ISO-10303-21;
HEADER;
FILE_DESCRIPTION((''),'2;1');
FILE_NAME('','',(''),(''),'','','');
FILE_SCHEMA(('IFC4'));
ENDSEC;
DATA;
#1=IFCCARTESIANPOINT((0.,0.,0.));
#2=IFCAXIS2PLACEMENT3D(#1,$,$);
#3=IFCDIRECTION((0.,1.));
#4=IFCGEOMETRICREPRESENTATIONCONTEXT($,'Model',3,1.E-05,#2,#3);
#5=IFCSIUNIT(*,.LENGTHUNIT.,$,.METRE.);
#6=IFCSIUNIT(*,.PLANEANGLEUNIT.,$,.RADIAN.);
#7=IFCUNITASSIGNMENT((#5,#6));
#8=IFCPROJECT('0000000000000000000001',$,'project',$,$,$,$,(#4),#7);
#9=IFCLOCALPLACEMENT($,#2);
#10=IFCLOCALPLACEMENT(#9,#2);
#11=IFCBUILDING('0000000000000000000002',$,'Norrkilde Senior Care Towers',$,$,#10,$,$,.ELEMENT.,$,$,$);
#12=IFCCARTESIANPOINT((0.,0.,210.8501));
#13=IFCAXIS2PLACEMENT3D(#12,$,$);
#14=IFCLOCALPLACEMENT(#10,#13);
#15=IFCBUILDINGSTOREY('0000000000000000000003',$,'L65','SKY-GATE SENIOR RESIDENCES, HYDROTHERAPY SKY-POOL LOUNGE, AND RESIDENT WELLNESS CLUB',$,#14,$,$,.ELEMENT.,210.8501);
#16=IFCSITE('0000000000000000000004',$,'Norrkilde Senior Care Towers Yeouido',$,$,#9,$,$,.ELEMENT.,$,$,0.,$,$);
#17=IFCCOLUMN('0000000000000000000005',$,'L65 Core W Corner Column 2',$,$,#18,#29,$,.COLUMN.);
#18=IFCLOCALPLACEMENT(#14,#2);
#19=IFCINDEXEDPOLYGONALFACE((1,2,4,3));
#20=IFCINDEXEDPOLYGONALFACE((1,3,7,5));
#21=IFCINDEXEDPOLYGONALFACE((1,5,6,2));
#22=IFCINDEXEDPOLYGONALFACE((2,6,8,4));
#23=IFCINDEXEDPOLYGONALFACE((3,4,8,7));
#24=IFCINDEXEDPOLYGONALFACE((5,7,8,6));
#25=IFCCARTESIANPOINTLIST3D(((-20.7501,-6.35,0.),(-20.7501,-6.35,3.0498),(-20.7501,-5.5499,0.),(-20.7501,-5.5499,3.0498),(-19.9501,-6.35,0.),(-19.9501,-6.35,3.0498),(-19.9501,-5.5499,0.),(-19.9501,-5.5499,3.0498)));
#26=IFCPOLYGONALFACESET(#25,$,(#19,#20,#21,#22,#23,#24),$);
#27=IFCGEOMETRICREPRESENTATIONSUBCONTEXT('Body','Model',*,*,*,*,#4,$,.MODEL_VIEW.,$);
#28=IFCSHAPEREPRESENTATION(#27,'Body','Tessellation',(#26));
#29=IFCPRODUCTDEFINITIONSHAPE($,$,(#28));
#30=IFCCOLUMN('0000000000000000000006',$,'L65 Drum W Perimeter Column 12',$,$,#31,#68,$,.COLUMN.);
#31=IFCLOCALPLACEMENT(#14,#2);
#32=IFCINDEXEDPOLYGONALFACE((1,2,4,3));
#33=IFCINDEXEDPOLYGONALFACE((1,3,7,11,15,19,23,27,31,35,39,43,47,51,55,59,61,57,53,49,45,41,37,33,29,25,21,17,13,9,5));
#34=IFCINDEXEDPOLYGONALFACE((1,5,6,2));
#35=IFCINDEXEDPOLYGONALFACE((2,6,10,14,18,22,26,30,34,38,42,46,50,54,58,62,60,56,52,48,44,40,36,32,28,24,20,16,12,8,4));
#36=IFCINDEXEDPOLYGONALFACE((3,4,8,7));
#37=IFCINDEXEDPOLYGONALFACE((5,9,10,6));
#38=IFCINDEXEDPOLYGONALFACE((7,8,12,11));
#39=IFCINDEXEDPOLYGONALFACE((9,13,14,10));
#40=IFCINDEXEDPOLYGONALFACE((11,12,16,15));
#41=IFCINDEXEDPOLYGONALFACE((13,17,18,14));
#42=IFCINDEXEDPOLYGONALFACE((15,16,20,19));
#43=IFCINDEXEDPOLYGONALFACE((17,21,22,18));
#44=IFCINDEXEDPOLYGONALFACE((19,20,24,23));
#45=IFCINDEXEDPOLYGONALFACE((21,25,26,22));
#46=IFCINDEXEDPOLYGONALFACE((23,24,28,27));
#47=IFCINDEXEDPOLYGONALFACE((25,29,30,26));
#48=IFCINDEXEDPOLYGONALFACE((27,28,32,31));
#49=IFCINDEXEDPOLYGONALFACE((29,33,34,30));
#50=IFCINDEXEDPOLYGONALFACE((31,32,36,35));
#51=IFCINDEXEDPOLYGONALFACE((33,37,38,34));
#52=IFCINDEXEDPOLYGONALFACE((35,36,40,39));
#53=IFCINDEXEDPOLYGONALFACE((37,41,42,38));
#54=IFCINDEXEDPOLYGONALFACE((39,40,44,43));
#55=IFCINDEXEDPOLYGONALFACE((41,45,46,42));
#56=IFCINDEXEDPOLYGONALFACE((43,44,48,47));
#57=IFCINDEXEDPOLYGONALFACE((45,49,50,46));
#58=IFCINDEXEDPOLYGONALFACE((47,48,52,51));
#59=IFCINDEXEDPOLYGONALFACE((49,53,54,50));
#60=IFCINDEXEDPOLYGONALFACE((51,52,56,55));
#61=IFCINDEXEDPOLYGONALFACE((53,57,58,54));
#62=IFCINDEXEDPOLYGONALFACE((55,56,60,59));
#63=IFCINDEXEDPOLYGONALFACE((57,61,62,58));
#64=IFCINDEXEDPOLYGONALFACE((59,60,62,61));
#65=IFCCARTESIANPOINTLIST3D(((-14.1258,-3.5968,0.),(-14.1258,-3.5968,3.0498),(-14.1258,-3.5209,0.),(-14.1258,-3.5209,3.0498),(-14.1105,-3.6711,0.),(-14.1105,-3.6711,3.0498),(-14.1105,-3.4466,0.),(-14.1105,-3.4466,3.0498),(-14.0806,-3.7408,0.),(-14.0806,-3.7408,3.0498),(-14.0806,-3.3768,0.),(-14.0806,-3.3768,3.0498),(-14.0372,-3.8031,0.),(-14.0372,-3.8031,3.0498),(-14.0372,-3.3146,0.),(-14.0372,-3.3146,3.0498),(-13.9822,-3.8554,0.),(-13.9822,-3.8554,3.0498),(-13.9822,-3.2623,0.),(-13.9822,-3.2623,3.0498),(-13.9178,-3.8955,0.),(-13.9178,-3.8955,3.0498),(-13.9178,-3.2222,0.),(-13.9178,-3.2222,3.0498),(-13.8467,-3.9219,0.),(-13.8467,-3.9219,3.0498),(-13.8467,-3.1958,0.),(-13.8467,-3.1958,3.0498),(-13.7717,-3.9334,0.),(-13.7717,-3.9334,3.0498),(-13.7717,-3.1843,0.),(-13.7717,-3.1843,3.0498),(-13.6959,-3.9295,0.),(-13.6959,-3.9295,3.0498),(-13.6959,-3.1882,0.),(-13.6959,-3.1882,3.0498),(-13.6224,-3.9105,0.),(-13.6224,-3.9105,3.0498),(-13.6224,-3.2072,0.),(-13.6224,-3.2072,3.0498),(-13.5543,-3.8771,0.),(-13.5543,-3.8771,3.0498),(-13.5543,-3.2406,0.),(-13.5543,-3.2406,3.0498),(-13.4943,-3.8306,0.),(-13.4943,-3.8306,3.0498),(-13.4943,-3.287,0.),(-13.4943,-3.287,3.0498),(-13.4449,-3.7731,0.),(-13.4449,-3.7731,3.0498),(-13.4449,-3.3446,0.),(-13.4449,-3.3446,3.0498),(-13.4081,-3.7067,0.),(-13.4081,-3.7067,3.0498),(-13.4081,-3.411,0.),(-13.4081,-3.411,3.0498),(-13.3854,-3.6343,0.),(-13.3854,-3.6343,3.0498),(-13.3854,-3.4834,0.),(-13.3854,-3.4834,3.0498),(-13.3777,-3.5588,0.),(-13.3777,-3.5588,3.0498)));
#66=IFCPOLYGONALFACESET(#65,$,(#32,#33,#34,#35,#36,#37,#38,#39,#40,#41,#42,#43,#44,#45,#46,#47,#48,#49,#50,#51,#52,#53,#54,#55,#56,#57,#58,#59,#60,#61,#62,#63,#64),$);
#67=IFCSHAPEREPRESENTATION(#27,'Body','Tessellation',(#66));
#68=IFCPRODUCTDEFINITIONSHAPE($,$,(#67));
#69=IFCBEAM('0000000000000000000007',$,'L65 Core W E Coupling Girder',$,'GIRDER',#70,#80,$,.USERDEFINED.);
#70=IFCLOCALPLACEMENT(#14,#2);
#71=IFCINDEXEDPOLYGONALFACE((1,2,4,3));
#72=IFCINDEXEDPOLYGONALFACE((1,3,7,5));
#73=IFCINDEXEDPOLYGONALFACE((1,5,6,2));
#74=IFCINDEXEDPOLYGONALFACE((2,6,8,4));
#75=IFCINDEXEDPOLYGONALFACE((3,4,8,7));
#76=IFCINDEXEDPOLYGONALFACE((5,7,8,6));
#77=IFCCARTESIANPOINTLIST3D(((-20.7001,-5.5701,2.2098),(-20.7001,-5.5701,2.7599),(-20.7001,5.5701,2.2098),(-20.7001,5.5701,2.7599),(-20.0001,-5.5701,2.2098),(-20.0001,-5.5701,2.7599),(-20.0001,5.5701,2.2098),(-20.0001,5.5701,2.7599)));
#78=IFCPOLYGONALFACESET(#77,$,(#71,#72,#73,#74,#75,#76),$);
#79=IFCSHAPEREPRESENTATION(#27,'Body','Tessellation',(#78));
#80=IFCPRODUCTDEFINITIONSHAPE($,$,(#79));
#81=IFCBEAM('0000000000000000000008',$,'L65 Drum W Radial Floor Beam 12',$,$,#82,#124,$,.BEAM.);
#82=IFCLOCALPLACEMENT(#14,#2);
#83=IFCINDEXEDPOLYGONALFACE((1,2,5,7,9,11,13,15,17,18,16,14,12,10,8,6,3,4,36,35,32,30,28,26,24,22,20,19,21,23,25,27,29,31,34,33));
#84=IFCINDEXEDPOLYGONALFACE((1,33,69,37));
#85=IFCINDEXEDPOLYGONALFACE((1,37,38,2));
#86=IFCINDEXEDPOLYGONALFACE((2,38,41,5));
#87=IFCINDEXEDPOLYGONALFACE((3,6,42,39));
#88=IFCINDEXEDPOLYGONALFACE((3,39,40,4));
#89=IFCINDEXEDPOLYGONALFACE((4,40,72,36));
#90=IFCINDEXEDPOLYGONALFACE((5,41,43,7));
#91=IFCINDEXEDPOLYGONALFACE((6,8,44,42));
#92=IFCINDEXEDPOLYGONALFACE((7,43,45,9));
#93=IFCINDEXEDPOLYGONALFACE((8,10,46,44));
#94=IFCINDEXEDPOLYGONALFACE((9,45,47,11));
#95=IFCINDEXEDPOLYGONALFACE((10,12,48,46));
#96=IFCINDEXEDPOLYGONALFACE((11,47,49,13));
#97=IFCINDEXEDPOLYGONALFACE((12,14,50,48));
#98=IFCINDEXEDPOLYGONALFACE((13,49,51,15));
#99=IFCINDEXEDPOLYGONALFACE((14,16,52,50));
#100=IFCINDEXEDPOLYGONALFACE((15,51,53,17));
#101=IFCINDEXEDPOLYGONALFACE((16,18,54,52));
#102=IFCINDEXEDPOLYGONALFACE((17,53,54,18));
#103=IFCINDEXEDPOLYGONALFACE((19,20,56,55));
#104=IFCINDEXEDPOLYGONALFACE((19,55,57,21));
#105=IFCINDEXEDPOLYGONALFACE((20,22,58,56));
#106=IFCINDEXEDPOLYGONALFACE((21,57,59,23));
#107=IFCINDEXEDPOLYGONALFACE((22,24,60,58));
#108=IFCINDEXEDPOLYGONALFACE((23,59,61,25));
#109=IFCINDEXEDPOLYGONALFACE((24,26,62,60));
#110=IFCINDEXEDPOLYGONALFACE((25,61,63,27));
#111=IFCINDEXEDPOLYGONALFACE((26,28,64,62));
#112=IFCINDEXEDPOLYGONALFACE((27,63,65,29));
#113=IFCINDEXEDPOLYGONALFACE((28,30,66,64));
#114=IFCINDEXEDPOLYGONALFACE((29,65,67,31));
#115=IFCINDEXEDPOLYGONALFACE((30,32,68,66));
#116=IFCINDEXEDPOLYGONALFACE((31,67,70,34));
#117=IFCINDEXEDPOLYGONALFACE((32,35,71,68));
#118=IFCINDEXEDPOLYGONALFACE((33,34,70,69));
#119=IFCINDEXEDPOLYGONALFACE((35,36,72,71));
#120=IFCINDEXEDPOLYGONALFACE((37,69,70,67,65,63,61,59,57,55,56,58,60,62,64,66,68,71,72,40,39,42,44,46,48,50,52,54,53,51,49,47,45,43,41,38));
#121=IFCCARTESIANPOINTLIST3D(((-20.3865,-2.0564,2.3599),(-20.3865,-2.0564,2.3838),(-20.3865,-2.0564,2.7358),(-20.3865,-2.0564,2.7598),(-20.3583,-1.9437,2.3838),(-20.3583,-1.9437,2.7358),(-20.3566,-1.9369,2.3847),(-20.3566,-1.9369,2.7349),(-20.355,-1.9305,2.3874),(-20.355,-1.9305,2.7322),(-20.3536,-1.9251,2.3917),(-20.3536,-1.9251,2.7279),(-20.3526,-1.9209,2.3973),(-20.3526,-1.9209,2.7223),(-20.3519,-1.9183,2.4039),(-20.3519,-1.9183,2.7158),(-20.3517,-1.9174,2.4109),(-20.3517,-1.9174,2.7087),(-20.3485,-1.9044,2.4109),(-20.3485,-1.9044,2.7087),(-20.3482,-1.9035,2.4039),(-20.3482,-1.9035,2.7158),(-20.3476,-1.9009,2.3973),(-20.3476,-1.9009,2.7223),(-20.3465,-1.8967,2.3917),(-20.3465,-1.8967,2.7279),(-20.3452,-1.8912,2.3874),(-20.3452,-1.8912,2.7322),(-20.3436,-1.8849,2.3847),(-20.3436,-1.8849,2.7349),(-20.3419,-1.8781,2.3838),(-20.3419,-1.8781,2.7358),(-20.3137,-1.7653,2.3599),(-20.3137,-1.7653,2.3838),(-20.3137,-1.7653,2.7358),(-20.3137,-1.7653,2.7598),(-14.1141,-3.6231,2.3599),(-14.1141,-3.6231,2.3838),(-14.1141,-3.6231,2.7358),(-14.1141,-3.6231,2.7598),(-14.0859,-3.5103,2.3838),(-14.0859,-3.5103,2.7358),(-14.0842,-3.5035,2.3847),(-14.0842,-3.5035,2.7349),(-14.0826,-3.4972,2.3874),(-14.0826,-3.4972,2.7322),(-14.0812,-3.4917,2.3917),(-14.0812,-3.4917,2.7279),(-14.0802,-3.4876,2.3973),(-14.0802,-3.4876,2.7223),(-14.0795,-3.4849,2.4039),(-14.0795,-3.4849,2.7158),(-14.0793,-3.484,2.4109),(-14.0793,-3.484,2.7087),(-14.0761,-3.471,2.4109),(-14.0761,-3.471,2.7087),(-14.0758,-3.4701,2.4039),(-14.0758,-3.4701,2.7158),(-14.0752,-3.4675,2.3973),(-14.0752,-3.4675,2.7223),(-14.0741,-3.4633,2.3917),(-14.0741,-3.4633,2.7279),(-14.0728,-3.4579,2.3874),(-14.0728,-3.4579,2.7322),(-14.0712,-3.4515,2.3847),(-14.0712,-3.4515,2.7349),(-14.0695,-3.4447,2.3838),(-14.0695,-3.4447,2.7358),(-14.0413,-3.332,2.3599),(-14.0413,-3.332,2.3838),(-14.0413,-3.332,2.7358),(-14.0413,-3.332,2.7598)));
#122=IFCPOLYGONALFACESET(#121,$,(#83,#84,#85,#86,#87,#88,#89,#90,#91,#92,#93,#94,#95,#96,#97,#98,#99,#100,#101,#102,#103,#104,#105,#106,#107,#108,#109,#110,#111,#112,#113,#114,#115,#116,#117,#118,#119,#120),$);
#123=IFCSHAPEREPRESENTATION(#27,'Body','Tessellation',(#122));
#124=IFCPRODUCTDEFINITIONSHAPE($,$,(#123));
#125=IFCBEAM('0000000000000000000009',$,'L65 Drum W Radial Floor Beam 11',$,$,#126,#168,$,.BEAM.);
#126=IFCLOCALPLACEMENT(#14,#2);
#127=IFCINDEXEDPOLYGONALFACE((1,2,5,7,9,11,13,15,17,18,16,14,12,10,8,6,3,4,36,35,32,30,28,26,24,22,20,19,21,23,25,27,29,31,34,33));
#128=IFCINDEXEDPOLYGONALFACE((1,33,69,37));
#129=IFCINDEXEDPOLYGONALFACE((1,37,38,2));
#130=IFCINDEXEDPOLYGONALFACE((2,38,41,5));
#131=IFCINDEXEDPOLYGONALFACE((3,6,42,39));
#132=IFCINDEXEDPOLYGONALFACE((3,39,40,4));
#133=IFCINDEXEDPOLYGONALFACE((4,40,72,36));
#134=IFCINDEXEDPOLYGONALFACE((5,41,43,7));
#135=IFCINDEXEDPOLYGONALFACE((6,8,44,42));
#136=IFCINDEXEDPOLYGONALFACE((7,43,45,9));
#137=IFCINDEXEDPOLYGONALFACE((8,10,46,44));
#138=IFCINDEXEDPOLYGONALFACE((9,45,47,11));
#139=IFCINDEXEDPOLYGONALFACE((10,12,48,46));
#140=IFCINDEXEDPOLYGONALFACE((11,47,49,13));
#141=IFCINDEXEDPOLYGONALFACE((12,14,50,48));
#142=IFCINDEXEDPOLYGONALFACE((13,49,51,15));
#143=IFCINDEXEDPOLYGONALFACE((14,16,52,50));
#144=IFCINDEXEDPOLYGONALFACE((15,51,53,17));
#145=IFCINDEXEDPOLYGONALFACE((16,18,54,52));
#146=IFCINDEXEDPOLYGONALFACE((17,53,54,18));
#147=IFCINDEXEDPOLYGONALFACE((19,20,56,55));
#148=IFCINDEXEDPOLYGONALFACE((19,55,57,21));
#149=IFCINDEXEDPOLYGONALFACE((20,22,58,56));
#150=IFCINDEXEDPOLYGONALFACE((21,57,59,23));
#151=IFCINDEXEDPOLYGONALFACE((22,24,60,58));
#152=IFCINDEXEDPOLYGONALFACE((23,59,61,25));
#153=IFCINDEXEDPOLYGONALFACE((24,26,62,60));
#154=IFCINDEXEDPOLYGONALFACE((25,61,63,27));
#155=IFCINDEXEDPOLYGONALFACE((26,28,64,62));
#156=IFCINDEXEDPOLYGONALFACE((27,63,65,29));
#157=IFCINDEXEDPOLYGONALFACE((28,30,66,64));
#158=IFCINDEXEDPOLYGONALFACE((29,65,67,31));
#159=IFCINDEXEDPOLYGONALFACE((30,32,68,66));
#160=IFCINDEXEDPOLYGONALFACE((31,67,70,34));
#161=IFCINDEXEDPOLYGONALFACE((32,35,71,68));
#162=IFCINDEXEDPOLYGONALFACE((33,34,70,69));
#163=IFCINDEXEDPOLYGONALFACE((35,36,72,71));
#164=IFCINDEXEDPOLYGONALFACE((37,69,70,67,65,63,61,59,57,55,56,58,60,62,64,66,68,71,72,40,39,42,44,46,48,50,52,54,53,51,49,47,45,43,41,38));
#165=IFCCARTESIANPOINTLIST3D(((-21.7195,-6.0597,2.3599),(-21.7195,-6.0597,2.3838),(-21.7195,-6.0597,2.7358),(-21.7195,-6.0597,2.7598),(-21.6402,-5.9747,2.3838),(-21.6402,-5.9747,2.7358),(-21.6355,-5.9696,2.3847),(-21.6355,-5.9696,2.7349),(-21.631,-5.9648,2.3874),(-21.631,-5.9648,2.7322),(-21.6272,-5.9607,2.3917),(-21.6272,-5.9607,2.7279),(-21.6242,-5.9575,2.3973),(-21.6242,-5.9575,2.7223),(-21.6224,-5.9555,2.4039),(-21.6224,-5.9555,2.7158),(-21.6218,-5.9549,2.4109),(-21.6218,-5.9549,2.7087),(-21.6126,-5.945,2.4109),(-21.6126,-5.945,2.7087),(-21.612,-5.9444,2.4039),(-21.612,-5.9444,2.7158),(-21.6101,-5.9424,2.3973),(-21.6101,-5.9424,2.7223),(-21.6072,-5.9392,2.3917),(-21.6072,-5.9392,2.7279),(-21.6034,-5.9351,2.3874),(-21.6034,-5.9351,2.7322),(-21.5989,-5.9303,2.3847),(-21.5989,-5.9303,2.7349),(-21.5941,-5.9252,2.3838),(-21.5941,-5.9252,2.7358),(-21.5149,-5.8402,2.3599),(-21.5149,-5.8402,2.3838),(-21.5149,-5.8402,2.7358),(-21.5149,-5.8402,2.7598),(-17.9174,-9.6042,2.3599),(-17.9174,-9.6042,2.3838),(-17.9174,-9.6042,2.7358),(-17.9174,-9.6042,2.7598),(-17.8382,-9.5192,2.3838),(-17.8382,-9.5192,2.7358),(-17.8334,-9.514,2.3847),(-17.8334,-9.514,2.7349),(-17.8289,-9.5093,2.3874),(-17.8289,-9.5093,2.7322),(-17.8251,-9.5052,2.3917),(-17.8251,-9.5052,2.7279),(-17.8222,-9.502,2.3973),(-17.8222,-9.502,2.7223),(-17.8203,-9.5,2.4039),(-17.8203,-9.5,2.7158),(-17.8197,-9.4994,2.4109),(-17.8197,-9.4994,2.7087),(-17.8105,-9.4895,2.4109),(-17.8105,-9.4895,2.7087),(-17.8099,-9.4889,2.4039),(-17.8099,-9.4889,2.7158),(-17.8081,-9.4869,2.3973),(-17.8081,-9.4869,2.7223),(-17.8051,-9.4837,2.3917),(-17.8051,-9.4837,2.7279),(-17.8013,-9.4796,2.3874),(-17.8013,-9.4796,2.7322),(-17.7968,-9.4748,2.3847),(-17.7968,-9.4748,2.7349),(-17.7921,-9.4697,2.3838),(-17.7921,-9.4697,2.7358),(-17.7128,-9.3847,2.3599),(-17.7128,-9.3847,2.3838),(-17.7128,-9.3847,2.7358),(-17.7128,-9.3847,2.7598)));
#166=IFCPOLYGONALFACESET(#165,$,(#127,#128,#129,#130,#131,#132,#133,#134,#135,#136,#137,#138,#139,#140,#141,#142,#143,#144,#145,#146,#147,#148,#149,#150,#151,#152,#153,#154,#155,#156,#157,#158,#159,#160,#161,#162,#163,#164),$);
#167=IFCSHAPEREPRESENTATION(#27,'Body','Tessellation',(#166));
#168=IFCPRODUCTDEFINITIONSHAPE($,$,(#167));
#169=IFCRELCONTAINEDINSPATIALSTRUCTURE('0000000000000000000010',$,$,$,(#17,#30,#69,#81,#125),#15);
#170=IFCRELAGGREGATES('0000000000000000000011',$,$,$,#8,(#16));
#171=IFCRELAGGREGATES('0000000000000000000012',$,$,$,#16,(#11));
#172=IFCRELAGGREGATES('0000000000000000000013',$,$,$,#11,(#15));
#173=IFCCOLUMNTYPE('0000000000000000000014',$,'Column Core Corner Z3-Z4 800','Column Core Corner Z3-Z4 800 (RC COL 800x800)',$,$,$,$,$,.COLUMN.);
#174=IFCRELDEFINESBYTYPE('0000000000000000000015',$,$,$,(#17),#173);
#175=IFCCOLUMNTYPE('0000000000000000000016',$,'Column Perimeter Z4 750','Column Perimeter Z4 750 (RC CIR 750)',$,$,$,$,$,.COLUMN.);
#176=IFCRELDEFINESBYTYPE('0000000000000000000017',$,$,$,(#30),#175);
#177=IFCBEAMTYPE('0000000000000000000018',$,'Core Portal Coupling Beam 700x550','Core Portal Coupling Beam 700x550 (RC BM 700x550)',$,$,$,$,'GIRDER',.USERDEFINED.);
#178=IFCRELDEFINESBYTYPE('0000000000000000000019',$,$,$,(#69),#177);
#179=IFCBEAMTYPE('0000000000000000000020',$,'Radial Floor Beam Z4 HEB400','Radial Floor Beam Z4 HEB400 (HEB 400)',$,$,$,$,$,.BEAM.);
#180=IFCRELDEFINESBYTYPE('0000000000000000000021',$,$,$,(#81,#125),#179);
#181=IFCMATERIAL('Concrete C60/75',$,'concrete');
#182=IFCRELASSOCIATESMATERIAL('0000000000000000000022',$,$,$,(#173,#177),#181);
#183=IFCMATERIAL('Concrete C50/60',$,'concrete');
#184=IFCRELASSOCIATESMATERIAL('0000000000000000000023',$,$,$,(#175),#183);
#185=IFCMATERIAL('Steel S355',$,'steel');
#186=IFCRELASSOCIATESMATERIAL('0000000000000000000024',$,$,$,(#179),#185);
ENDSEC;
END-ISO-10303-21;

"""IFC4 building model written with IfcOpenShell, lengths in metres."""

from ifc_helpers import new_model, si_unit, direction, frame, origin, origin_2d, place, context, subcontext, project, spatial, rectangle, circle, i_section, extrude, source, transform, mapped, material, material_profile, profile_set, type_object, type_shapes, element, save


model = new_model("IFC4")

# Units and contexts
model_context = context("Model", 3, precision=1e-05, world=origin(), true_north=direction((0.0, 1.0)))
body_context = subcontext(model_context, "Body", "Model", "MODEL_VIEW")
ifc_project = project(units=[si_unit("LENGTHUNIT", "METRE"), si_unit("PLANEANGLEUNIT", "RADIAN")], contexts=[model_context])

# Site, building, storey
site_placement = place(None, origin())
site = spatial("IfcSite", under=ifc_project, at=site_placement, Name="Norrkilde Senior Care Towers Yeouido", CompositionType="ELEMENT", RefElevation=0.0)
building_placement = place(site_placement, origin())
building = spatial("IfcBuilding", under=site, at=building_placement, Name="Norrkilde Senior Care Towers", CompositionType="ELEMENT")
storey_placement = place(building_placement, frame((0.0, 0.0, 210.8501)))
storey = spatial("IfcBuildingStorey", under=building, at=storey_placement, Name="L65", Description="SKY-GATE SENIOR RESIDENCES, HYDROTHERAPY SKY-POOL LOUNGE, AND RESIDENT WELLNESS CLUB", CompositionType="ELEMENT", Elevation=210.8501)

# Columns
ifc_material_1 = material(Name="Concrete C60/75", Category="concrete")
ifc_material_profile_1 = material_profile(ifc_material_1, rectangle(XDim=0.8, YDim=0.8, at=origin_2d()), Name="RC COL 800x800")
ifc_profile_set_1 = profile_set([ifc_material_profile_1], Name="Concrete C60/75")
column_type_1 = type_object("IfcColumnType", Name="Column Core Corner Z3-Z4 800", Description="Column Core Corner Z3-Z4 800 (RC COL 800x800)", PredefinedType="COLUMN", material=ifc_profile_set_1)
shared_shape_1 = source(origin(), body_context, "Body", "SweptSolid", [
    extrude(rectangle(XDim=0.8, YDim=0.8, at=origin_2d()), origin(), (0.0, 0.0, 1.0), 3.0498),
])
type_shapes(column_type_1, [shared_shape_1])
column_1_placement = place(storey_placement, frame((-20.3501, -5.95, 0.0), z_axis=(0.0, 0.0, 1.0), x_axis=(1.0, 0.0, 0.0)))
element("IfcColumn", 1, at=column_1_placement, inside=storey, type_object=column_type_1, Name="L65 Core W Corner Column 2", PredefinedType="COLUMN", context=body_context, shape_type="MappedRepresentation", body=[
    mapped(shared_shape_1, transform((0.0, 0.0, 0.0), x_axis=(1.0, 0.0, 0.0), y_axis=(0.0, 1.0, 0.0), z_axis=(0.0, 0.0, 1.0), scale=1.0)),
])
ifc_material_2 = material(Name="Concrete C50/60", Category="concrete")
ifc_material_profile_2 = material_profile(ifc_material_2, circle(Radius=0.375, at=origin_2d()), Name="RC CIR 750")
ifc_profile_set_2 = profile_set([ifc_material_profile_2], Name="Concrete C50/60")
column_type_2 = type_object("IfcColumnType", Name="Column Perimeter Z4 750", Description="Column Perimeter Z4 750 (RC CIR 750)", PredefinedType="COLUMN", material=ifc_profile_set_2)
shared_shape_2 = source(origin(), body_context, "Body", "SweptSolid", [
    extrude(circle(Radius=0.375, at=origin_2d()), origin(), (0.0, 0.0, 1.0), 3.0498),
])
type_shapes(column_type_2, [shared_shape_2])
column_2_placement = place(storey_placement, frame((-13.7527, -3.5588, 0.0), z_axis=(0.0, 0.0, 1.0), x_axis=(1.0, 0.0, 0.0)))
element("IfcColumn", 2, at=column_2_placement, inside=storey, type_object=column_type_2, Name="L65 Drum W Perimeter Column 12", PredefinedType="COLUMN", context=body_context, shape_type="MappedRepresentation", body=[
    mapped(shared_shape_2, transform((0.0, 0.0, 0.0), x_axis=(1.0, 0.0, 0.0), y_axis=(0.0, 1.0, 0.0), z_axis=(0.0, 0.0, 1.0), scale=1.0)),
])

# Beams
ifc_material_profile_3 = material_profile(ifc_material_1, rectangle(XDim=0.7, YDim=0.55, at=origin_2d()), Name="RC BM 700x550")
ifc_profile_set_3 = profile_set([ifc_material_profile_3], Name="Concrete C60/75")
beam_type_1 = type_object("IfcBeamType", Name="Core Portal Coupling Beam 700x550", Description="Core Portal Coupling Beam 700x550 (RC BM 700x550)", ElementType="GIRDER", PredefinedType="USERDEFINED", material=ifc_profile_set_3)
shared_shape_3 = source(origin(), body_context, "Body", "SweptSolid", [
    extrude(rectangle(XDim=0.7, YDim=0.55, at=origin_2d()), origin(), (0.0, 0.0, 1.0), 11.1401),
])
type_shapes(beam_type_1, [shared_shape_3])
beam_1_placement = place(storey_placement, frame((-20.3501, -5.5701, 2.4849), z_axis=(0.0, 1.0, 0.0), x_axis=(-1.0, 0.0, 0.0)))
element("IfcBeam", 3, at=beam_1_placement, inside=storey, type_object=beam_type_1, Name="L65 Core W E Coupling Girder", ObjectType="GIRDER", PredefinedType="USERDEFINED", context=body_context, shape_type="MappedRepresentation", body=[
    mapped(shared_shape_3, transform((0.0, 0.0, 0.0), x_axis=(1.0, 0.0, 0.0), y_axis=(0.0, 1.0, 0.0), z_axis=(0.0, 0.0, 1.0), scale=1.0)),
])
ifc_material_3 = material(Name="Steel S355", Category="steel")
ifc_material_profile_4 = material_profile(ifc_material_3, i_section(OverallWidth=0.3, OverallDepth=0.3999, WebThickness=0.0134, FlangeThickness=0.0239, FilletRadius=0.0271, at=origin_2d()), Name="HEB 400")
ifc_profile_set_4 = profile_set([ifc_material_profile_4], Name="Steel S355")
beam_type_2 = type_object("IfcBeamType", Name="Radial Floor Beam Z4 HEB400", Description="Radial Floor Beam Z4 HEB400 (HEB 400)", PredefinedType="BEAM", material=ifc_profile_set_4)
shared_shape_4 = source(origin(), body_context, "Body", "SweptSolid", [
    extrude(i_section(OverallWidth=0.3, OverallDepth=0.3999, WebThickness=0.0134, FlangeThickness=0.0239, FilletRadius=0.0271, at=origin_2d()), origin(), (0.0, 0.0, 1.0), 6.4651),
])
beam_2_placement = place(storey_placement, frame((-20.3501, -1.9109, 2.5598), z_axis=(0.970196, -0.242322, 0.0), x_axis=(0.242322, 0.970196, 0.0)))
element("IfcBeam", 4, at=beam_2_placement, inside=storey, type_object=beam_type_2, Name="L65 Drum W Radial Floor Beam 12", PredefinedType="BEAM", context=body_context, shape_type="MappedRepresentation", body=[
    mapped(shared_shape_4, transform((0.0, 0.0, 0.0), x_axis=(1.0, 0.0, 0.0), y_axis=(0.0, 1.0, 0.0), z_axis=(0.0, 0.0, 1.0), scale=1.0)),
])
shared_shape_5 = source(origin(), body_context, "Body", "SweptSolid", [
    extrude(i_section(OverallWidth=0.3, OverallDepth=0.3999, WebThickness=0.0134, FlangeThickness=0.0239, FilletRadius=0.0271, at=origin_2d()), origin(), (0.0, 0.0, 1.0), 5.198),
])
beam_3_placement = place(storey_placement, frame((-21.6172, -5.95, 2.5598), z_axis=(0.731449, -0.681896, 0.0), x_axis=(0.681896, 0.731449, 0.0)))
element("IfcBeam", 5, at=beam_3_placement, inside=storey, type_object=beam_type_2, Name="L65 Drum W Radial Floor Beam 11", PredefinedType="BEAM", context=body_context, shape_type="MappedRepresentation", body=[
    mapped(shared_shape_5, transform((0.0, 0.0, 0.0), x_axis=(1.0, 0.0, 0.0), y_axis=(0.0, 1.0, 0.0), z_axis=(0.0, 0.0, 1.0), scale=1.0)),
])

save(model, "model.ifc")
